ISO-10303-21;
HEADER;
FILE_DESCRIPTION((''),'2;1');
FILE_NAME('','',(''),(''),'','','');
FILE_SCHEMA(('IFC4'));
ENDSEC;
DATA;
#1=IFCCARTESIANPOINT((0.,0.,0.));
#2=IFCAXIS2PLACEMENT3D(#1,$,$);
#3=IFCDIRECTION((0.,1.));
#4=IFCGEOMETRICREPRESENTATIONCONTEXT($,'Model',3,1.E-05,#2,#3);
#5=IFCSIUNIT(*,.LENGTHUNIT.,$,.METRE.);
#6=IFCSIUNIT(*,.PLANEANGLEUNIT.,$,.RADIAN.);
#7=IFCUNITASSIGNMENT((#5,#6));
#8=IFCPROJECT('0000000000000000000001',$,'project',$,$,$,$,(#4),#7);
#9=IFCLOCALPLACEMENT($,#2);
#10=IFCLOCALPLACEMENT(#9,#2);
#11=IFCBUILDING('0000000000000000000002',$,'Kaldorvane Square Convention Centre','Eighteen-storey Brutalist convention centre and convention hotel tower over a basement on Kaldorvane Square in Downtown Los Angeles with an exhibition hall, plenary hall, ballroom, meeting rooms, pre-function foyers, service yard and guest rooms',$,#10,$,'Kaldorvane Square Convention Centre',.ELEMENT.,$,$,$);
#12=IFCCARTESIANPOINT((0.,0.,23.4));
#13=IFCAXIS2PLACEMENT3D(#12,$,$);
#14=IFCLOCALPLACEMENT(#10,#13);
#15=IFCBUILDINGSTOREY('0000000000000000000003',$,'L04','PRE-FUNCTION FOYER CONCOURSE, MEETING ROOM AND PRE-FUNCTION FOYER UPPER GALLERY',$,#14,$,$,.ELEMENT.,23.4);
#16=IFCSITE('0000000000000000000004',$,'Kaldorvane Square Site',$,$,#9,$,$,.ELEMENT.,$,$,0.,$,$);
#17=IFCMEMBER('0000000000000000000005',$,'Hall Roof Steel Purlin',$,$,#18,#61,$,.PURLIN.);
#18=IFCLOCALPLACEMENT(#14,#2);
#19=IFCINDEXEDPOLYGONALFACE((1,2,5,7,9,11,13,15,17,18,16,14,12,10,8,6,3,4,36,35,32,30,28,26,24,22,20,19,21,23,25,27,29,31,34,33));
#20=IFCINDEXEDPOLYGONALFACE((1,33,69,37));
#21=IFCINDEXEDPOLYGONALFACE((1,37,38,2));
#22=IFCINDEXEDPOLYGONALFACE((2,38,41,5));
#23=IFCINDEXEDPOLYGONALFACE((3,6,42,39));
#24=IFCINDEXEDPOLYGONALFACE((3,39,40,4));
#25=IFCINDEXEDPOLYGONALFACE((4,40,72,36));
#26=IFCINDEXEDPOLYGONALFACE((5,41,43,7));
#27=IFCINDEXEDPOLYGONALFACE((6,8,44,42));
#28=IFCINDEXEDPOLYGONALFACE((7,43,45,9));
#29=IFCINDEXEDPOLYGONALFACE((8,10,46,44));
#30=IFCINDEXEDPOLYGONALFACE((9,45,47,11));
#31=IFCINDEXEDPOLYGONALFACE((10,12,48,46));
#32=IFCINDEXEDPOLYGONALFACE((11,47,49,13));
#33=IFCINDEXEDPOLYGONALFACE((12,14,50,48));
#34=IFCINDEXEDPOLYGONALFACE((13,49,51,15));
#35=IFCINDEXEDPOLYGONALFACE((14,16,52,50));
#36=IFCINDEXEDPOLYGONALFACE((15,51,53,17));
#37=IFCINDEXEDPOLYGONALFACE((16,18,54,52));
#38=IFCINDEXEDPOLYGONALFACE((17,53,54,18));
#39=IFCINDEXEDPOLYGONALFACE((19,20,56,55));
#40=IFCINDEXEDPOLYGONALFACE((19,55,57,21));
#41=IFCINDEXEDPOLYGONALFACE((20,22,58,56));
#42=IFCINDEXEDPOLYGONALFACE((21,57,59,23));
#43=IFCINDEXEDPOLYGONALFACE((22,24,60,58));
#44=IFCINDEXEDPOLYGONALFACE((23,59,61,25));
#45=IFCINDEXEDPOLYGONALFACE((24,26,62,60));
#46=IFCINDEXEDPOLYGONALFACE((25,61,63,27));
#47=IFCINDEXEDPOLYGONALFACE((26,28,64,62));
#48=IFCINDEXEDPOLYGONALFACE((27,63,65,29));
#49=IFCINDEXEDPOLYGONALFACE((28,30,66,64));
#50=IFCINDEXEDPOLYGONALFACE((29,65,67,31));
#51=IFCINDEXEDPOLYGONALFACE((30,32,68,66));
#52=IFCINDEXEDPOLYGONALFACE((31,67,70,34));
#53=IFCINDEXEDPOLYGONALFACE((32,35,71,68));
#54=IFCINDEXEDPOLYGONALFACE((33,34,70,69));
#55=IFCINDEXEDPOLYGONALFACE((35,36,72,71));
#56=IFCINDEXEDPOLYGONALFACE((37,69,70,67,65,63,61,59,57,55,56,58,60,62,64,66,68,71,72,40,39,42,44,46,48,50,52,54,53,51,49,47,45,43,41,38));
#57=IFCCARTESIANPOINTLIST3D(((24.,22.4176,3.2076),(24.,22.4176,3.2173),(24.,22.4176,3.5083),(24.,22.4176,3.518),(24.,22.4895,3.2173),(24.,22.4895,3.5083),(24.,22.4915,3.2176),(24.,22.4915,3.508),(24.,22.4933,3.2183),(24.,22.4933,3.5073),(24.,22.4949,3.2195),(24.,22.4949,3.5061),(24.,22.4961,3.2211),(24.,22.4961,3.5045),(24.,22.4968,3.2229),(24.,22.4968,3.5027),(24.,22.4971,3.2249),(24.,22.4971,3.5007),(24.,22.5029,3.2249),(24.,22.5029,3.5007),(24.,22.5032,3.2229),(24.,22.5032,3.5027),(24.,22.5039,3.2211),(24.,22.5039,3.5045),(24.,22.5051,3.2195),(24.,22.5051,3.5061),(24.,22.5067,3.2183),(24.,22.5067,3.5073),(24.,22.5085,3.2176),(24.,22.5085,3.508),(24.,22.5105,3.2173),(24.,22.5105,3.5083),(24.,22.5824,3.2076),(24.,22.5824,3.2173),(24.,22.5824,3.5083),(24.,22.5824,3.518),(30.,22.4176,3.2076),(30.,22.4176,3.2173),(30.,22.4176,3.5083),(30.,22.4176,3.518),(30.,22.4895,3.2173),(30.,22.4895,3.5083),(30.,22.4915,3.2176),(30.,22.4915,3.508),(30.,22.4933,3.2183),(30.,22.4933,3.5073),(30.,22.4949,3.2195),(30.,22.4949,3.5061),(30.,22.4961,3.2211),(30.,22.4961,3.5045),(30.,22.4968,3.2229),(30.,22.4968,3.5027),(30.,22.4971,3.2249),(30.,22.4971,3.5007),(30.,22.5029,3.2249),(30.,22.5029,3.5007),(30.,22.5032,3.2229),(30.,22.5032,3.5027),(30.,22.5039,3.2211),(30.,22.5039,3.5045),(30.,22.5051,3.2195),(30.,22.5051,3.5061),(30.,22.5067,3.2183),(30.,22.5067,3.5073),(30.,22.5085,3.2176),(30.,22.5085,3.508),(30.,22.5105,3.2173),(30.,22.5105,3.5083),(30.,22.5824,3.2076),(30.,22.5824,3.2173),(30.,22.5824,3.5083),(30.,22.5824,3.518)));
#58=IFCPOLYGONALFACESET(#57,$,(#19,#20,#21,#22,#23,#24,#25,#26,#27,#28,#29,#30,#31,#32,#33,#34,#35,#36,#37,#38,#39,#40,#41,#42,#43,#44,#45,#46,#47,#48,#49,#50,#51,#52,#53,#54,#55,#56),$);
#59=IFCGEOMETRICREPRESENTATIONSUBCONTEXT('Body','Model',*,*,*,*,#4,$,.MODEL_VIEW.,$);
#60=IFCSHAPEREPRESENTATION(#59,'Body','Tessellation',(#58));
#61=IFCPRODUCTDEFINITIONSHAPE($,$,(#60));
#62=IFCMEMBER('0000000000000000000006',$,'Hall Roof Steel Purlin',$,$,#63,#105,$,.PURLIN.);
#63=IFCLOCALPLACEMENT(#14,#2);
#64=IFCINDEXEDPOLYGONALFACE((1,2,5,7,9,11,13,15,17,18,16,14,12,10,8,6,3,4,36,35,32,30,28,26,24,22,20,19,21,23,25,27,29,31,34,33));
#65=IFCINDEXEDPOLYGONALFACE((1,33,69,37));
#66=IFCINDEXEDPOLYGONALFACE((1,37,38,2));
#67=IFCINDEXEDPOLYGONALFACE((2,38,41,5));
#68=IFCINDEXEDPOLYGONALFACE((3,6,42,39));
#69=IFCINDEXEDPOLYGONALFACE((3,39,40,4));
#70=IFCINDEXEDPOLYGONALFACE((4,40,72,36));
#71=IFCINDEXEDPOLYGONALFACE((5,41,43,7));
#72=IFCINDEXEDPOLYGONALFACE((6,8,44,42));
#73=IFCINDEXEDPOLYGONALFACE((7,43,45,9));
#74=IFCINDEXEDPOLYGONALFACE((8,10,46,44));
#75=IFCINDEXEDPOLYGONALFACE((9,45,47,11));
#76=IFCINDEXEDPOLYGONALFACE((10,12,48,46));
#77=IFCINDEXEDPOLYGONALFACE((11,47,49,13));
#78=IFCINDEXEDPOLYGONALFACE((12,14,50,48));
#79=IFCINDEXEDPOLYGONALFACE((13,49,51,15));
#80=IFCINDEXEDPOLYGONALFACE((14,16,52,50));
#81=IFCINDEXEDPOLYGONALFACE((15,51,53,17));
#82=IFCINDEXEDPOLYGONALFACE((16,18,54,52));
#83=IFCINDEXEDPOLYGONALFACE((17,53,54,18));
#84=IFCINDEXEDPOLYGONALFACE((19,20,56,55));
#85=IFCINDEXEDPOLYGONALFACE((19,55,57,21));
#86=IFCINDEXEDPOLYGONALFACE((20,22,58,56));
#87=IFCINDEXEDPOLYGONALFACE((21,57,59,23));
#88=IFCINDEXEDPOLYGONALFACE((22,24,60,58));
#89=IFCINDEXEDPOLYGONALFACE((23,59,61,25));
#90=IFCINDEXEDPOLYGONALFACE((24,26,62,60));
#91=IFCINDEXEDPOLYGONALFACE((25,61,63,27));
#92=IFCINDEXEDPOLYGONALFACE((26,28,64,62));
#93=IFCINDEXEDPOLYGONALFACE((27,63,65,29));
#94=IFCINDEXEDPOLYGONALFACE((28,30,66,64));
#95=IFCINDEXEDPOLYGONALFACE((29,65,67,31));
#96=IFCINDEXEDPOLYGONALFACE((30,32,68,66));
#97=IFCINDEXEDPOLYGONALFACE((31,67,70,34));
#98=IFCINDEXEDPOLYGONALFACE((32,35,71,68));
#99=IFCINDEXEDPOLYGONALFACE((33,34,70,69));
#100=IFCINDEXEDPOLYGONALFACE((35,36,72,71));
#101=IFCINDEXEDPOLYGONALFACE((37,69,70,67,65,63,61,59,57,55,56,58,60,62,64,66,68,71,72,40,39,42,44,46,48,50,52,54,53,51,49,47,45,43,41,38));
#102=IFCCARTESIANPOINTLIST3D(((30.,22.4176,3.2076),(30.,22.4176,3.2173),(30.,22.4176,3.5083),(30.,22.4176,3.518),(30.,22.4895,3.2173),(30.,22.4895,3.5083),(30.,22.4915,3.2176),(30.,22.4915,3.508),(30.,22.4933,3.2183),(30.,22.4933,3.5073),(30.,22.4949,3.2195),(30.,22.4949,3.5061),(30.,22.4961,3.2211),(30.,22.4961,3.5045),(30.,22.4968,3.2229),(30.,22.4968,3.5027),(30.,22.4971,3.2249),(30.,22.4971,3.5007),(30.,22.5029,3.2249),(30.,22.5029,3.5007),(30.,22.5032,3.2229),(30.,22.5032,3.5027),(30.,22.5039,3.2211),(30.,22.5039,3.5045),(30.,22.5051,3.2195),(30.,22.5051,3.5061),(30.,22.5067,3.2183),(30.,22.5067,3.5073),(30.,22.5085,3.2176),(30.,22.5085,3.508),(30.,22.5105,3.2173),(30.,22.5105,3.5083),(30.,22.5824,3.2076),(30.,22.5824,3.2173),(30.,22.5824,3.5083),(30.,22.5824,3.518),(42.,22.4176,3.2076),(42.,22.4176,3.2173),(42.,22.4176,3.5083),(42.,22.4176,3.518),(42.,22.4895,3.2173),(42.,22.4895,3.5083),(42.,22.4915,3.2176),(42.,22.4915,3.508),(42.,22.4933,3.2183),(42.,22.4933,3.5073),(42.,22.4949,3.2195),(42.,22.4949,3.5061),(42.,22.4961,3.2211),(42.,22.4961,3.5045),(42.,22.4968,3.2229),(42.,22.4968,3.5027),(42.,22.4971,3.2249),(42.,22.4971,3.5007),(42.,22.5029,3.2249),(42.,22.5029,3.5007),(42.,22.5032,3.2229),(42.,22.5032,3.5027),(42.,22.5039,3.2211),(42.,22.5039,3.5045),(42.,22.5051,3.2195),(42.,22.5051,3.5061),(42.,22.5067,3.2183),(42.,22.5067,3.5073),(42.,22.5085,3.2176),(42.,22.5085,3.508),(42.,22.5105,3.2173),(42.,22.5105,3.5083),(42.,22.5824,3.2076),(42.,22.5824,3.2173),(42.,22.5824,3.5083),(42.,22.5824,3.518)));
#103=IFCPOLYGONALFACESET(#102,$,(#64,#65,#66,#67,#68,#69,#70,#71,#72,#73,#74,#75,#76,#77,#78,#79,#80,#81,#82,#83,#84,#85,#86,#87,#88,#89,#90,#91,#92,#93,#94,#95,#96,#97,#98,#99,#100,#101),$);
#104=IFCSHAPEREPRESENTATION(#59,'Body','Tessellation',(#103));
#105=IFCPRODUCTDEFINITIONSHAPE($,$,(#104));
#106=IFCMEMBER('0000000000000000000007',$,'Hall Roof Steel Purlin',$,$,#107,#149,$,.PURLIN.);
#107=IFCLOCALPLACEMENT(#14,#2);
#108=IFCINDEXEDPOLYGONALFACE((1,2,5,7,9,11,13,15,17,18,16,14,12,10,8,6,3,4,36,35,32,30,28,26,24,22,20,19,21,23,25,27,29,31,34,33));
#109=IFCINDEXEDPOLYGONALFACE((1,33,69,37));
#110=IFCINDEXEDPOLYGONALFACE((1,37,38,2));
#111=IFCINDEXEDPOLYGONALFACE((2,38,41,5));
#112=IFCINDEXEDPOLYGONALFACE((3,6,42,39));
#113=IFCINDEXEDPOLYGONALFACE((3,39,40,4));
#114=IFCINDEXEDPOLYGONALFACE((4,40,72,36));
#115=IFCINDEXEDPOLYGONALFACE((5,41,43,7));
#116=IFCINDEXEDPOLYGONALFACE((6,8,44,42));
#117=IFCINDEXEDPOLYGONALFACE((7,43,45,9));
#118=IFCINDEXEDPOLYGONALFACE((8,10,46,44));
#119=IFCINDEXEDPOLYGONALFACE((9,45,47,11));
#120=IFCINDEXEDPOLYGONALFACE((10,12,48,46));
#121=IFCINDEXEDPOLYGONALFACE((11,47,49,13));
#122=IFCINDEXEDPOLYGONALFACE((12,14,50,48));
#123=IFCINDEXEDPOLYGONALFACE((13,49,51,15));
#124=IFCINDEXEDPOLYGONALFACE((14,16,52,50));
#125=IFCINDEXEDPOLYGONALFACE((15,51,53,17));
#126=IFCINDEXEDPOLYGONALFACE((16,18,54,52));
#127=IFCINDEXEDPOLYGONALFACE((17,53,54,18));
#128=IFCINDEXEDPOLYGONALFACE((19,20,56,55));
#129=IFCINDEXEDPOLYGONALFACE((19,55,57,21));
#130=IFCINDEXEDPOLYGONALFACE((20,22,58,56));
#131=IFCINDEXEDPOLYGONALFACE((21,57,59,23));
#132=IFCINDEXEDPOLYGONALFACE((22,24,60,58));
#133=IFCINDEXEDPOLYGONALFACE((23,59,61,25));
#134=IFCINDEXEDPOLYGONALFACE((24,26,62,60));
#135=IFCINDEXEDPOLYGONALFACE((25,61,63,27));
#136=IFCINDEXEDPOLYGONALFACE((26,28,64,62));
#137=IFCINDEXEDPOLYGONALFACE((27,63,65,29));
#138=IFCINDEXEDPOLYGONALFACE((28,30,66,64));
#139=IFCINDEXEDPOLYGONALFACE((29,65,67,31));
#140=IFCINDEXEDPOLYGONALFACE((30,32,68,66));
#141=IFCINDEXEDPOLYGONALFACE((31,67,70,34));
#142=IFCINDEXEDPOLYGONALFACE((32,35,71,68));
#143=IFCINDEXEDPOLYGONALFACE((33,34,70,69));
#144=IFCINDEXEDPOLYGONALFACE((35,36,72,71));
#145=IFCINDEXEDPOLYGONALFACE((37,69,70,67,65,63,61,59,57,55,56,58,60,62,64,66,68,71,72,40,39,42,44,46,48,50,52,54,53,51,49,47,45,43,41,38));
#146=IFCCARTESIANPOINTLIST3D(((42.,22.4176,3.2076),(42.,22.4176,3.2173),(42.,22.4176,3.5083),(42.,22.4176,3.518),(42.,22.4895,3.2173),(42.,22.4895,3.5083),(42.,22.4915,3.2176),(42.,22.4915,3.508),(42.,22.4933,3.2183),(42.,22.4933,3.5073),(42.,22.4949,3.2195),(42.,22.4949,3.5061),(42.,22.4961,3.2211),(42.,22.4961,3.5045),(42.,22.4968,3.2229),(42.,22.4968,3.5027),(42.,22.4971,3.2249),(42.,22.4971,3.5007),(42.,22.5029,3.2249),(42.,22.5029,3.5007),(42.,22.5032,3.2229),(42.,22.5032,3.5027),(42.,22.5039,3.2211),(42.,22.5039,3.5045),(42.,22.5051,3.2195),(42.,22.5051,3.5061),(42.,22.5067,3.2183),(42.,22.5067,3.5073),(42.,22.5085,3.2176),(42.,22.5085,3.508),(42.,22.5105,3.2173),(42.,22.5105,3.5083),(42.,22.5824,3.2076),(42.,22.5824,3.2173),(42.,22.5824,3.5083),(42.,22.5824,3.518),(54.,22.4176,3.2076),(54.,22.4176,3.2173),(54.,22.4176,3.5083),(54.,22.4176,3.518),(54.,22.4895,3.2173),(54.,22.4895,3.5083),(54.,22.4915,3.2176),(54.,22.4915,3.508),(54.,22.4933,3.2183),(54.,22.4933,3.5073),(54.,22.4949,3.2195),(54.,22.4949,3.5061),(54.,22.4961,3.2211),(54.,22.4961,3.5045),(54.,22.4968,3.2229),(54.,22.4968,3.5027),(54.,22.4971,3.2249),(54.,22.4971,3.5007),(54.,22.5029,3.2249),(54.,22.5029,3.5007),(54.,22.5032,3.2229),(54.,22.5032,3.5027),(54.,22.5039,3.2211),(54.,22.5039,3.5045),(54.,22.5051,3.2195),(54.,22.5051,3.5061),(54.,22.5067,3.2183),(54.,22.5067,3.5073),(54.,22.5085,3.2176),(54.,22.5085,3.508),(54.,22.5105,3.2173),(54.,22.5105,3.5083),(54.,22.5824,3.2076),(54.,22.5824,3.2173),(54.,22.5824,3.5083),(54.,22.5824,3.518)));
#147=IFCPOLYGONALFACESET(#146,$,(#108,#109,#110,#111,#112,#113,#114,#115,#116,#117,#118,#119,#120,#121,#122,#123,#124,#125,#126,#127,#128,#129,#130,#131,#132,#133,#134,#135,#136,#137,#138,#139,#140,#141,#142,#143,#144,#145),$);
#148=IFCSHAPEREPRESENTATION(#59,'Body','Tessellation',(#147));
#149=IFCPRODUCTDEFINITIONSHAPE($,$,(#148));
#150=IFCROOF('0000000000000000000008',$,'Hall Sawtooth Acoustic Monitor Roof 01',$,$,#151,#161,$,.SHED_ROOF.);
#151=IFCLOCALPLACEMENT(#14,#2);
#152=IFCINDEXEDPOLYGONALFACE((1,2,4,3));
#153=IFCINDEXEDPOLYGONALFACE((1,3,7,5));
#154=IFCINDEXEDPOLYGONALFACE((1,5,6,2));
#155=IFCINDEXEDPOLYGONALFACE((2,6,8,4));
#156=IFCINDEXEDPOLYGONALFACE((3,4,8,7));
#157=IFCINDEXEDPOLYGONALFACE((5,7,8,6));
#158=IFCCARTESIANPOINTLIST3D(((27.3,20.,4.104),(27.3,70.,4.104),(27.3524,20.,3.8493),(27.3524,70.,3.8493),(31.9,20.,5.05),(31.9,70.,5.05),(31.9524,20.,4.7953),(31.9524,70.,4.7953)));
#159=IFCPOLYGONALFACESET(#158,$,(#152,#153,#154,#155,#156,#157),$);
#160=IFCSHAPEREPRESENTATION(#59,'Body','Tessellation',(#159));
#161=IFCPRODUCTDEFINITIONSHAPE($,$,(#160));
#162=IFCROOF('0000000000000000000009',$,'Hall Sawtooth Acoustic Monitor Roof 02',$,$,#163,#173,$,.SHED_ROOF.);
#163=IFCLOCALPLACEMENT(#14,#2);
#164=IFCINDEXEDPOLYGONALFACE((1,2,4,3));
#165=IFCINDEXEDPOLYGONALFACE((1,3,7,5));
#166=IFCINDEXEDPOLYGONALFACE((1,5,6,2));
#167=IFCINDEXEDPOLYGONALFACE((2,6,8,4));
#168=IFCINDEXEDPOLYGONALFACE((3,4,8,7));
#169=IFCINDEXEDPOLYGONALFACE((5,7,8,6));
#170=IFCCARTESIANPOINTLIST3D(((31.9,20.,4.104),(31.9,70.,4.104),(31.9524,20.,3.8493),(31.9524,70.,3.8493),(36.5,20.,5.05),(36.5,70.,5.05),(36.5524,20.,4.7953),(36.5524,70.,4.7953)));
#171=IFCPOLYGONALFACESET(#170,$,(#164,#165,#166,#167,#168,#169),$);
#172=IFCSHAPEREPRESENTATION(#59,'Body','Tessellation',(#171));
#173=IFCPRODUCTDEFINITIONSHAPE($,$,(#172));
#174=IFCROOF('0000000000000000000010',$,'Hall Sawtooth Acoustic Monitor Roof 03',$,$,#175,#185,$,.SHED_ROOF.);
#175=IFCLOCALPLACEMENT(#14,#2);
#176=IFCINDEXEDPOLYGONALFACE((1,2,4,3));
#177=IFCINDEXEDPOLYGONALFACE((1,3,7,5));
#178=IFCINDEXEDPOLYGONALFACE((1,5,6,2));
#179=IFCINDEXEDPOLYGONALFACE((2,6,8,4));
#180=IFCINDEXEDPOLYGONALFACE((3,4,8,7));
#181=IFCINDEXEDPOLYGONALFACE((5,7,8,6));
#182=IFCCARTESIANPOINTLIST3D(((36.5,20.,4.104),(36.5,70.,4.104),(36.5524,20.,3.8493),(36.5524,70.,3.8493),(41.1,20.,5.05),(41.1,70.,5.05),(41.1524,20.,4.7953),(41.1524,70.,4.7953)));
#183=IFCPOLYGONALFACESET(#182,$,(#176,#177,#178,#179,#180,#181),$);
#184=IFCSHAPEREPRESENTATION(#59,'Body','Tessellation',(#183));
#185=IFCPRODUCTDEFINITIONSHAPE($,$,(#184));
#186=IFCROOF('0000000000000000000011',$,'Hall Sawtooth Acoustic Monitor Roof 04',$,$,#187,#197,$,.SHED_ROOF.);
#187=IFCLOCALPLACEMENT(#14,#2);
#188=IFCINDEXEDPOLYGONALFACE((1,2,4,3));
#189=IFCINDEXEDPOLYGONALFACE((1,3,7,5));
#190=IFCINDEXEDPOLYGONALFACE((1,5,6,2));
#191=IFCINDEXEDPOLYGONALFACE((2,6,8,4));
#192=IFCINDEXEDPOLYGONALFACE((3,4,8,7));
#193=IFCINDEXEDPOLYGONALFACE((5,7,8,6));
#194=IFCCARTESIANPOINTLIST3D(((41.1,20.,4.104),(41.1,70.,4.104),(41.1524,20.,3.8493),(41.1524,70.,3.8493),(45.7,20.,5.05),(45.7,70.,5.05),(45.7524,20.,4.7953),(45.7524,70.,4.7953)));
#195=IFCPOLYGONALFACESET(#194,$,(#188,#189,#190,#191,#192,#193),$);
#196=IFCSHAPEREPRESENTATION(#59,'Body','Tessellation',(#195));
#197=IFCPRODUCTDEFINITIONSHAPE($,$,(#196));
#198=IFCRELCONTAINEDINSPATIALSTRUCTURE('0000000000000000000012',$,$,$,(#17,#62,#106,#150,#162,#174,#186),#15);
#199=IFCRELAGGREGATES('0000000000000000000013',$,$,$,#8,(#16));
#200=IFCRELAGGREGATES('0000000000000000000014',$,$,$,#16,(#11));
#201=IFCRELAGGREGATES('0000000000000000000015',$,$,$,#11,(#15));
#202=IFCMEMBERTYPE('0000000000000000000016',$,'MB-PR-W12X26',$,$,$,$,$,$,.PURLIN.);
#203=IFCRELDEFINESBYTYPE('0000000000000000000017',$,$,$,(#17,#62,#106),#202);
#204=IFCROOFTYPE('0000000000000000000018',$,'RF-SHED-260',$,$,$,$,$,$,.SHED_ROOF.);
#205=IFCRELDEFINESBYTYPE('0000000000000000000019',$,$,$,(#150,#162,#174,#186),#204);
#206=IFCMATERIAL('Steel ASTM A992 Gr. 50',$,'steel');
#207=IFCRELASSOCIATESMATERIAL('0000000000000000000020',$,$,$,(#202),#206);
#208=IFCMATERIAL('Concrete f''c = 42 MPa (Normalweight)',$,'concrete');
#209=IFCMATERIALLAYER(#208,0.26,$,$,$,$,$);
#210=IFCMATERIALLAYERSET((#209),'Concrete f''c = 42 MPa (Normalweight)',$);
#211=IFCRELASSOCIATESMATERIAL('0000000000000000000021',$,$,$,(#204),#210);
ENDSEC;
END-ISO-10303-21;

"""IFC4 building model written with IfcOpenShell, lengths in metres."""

from ifc_helpers import new_model, si_unit, direction, frame, origin, origin_2d, place, context, subcontext, project, spatial, polyline, i_section, outline, extrude, material, layer, layer_set, material_profile, profile_set, type_object, element, save


model = new_model("IFC4")

# Units and contexts
model_context = context("Model", 3, precision=1e-05, world=origin(), true_north=direction((0.0, 1.0)))
body_context = subcontext(model_context, "Body", "Model", "MODEL_VIEW")
ifc_project = project(units=[si_unit("LENGTHUNIT", "METRE"), si_unit("PLANEANGLEUNIT", "RADIAN")], contexts=[model_context])

# Site, building, storey
site_placement = place(None, origin())
site = spatial("IfcSite", under=ifc_project, at=site_placement, Name="Kaldorvane Square Site", CompositionType="ELEMENT", RefElevation=0.0)
building_placement = place(site_placement, origin())
building = spatial("IfcBuilding", under=site, at=building_placement, Name="Kaldorvane Square Convention Centre", Description="Eighteen-storey Brutalist convention centre and convention hotel tower over a basement on Kaldorvane Square in Downtown Los Angeles with an exhibition hall, plenary hall, ballroom, meeting rooms, pre-function foyers, service yard and guest rooms", LongName="Kaldorvane Square Convention Centre", CompositionType="ELEMENT")
storey_placement = place(building_placement, frame((0.0, 0.0, 23.4)))
storey = spatial("IfcBuildingStorey", under=building, at=storey_placement, Name="L04", Description="PRE-FUNCTION FOYER CONCOURSE, MEETING ROOM AND PRE-FUNCTION FOYER UPPER GALLERY", CompositionType="ELEMENT", Elevation=23.4)

# Shared definitions
ifc_material_1 = material(Name="Steel ASTM A992 Gr. 50", Category="steel")

# Members
ifc_material_profile_1 = material_profile(ifc_material_1, i_section(OverallWidth=0.1648, OverallDepth=0.3104, WebThickness=0.0058, FlangeThickness=0.0097, FilletRadius=0.0076, at=origin_2d()), Name="W12X26")
ifc_profile_set_1 = profile_set([ifc_material_profile_1], Name="Steel ASTM A992 Gr. 50")
member_type_1 = type_object("IfcMemberType", Name="MB-PR-W12X26", PredefinedType="PURLIN", material=ifc_profile_set_1)
member_placement = place(storey_placement, frame((24.0, 22.5, 3.3628), z_axis=(1.0, 0.0, 0.0), x_axis=(0.0, 1.0, 0.0)))
element("IfcMember", 1, at=member_placement, inside=storey, type_object=member_type_1, Name="Hall Roof Steel Purlin", PredefinedType="PURLIN", context=body_context, shape_type="SweptSolid", body=[
    extrude(i_section(OverallWidth=0.1648, OverallDepth=0.3104, WebThickness=0.0058, FlangeThickness=0.0097, FilletRadius=0.0076, at=origin_2d()), origin(), (0.0, 0.0, 1.0), 6.0),
])
for number, where, z_axis, x_axis, name in (
    (2, (30.0, 22.5, 3.3628), (1.0, 0.0, 0.0), (0.0, 1.0, 0.0), "Hall Roof Steel Purlin"),
    (3, (42.0, 22.5, 3.3628), (1.0, 0.0, 0.0), (0.0, 1.0, 0.0), "Hall Roof Steel Purlin"),
):
    element("IfcMember", number, at=place(storey_placement, frame(where, z_axis=z_axis, x_axis=x_axis)), inside=storey, type_object=member_type_1, Name=name, PredefinedType="PURLIN", context=body_context, shape_type="SweptSolid", body=[
        extrude(i_section(OverallWidth=0.1648, OverallDepth=0.3104, WebThickness=0.0058, FlangeThickness=0.0097, FilletRadius=0.0076, at=origin_2d()), origin(), (0.0, 0.0, 1.0), 12.0),
    ])

# Roofs
ifc_material_2 = material(Name="Concrete f'c = 42 MPa (Normalweight)", Category="concrete")
ifc_layer = layer(ifc_material_2, 0.26)
ifc_layer_set = layer_set([ifc_layer], Name="Concrete f'c = 42 MPa (Normalweight)")
roof_type = type_object("IfcRoofType", Name="RF-SHED-260", PredefinedType="SHED_ROOF", material=ifc_layer_set)
roof_1_placement = place(storey_placement, frame((27.3, 20.0, 4.104), z_axis=(-0.201437, 0.0, 0.979502), x_axis=(0.979502, 0.0, 0.201437)))
element("IfcRoof", 4, at=roof_1_placement, inside=storey, type_object=roof_type, Name="Hall Sawtooth Acoustic Monitor Roof 01", PredefinedType="SHED_ROOF", context=body_context, shape_type="SweptSolid", body=[
    extrude(outline(polyline([(0.0, 0.0), (4.6963, 0.0), (4.6963, 50.0), (0.0, 50.0), (0.0, 0.0)])), origin(), (0.0, 0.0, -1.0), 0.26),
])
for number, where, z_axis, x_axis, name in (
    (5, (31.9, 20.0, 4.104), (-0.201436, 0.0, 0.979502), (0.979502, 0.0, 0.201436), "Hall Sawtooth Acoustic Monitor Roof 02"),
    (6, (36.5, 20.0, 4.104), (-0.201436, 0.0, 0.979502), (0.979502, 0.0, 0.201436), "Hall Sawtooth Acoustic Monitor Roof 03"),
):
    element("IfcRoof", number, at=place(storey_placement, frame(where, z_axis=z_axis, x_axis=x_axis)), inside=storey, type_object=roof_type, Name=name, PredefinedType="SHED_ROOF", context=body_context, shape_type="SweptSolid", body=[
        extrude(outline(polyline([(0.0, 0.0), (4.6963, 0.0), (4.6963, 50.0), (0.0, 50.0), (0.0, 0.0)])), origin(), (0.0, 0.0, -1.0), 0.26),
    ])
roof_2_placement = place(storey_placement, frame((41.1, 20.0, 4.104), z_axis=(-0.201437, 0.0, 0.979502), x_axis=(0.979502, 0.0, 0.201437)))
element("IfcRoof", 7, at=roof_2_placement, inside=storey, type_object=roof_type, Name="Hall Sawtooth Acoustic Monitor Roof 04", PredefinedType="SHED_ROOF", context=body_context, shape_type="SweptSolid", body=[
    extrude(outline(polyline([(0.0, 0.0), (4.6963, 0.0), (4.6963, 50.0), (0.0, 50.0), (0.0, 0.0)])), origin(), (0.0, 0.0, -1.0), 0.26),
])

save(model, "model.ifc")
